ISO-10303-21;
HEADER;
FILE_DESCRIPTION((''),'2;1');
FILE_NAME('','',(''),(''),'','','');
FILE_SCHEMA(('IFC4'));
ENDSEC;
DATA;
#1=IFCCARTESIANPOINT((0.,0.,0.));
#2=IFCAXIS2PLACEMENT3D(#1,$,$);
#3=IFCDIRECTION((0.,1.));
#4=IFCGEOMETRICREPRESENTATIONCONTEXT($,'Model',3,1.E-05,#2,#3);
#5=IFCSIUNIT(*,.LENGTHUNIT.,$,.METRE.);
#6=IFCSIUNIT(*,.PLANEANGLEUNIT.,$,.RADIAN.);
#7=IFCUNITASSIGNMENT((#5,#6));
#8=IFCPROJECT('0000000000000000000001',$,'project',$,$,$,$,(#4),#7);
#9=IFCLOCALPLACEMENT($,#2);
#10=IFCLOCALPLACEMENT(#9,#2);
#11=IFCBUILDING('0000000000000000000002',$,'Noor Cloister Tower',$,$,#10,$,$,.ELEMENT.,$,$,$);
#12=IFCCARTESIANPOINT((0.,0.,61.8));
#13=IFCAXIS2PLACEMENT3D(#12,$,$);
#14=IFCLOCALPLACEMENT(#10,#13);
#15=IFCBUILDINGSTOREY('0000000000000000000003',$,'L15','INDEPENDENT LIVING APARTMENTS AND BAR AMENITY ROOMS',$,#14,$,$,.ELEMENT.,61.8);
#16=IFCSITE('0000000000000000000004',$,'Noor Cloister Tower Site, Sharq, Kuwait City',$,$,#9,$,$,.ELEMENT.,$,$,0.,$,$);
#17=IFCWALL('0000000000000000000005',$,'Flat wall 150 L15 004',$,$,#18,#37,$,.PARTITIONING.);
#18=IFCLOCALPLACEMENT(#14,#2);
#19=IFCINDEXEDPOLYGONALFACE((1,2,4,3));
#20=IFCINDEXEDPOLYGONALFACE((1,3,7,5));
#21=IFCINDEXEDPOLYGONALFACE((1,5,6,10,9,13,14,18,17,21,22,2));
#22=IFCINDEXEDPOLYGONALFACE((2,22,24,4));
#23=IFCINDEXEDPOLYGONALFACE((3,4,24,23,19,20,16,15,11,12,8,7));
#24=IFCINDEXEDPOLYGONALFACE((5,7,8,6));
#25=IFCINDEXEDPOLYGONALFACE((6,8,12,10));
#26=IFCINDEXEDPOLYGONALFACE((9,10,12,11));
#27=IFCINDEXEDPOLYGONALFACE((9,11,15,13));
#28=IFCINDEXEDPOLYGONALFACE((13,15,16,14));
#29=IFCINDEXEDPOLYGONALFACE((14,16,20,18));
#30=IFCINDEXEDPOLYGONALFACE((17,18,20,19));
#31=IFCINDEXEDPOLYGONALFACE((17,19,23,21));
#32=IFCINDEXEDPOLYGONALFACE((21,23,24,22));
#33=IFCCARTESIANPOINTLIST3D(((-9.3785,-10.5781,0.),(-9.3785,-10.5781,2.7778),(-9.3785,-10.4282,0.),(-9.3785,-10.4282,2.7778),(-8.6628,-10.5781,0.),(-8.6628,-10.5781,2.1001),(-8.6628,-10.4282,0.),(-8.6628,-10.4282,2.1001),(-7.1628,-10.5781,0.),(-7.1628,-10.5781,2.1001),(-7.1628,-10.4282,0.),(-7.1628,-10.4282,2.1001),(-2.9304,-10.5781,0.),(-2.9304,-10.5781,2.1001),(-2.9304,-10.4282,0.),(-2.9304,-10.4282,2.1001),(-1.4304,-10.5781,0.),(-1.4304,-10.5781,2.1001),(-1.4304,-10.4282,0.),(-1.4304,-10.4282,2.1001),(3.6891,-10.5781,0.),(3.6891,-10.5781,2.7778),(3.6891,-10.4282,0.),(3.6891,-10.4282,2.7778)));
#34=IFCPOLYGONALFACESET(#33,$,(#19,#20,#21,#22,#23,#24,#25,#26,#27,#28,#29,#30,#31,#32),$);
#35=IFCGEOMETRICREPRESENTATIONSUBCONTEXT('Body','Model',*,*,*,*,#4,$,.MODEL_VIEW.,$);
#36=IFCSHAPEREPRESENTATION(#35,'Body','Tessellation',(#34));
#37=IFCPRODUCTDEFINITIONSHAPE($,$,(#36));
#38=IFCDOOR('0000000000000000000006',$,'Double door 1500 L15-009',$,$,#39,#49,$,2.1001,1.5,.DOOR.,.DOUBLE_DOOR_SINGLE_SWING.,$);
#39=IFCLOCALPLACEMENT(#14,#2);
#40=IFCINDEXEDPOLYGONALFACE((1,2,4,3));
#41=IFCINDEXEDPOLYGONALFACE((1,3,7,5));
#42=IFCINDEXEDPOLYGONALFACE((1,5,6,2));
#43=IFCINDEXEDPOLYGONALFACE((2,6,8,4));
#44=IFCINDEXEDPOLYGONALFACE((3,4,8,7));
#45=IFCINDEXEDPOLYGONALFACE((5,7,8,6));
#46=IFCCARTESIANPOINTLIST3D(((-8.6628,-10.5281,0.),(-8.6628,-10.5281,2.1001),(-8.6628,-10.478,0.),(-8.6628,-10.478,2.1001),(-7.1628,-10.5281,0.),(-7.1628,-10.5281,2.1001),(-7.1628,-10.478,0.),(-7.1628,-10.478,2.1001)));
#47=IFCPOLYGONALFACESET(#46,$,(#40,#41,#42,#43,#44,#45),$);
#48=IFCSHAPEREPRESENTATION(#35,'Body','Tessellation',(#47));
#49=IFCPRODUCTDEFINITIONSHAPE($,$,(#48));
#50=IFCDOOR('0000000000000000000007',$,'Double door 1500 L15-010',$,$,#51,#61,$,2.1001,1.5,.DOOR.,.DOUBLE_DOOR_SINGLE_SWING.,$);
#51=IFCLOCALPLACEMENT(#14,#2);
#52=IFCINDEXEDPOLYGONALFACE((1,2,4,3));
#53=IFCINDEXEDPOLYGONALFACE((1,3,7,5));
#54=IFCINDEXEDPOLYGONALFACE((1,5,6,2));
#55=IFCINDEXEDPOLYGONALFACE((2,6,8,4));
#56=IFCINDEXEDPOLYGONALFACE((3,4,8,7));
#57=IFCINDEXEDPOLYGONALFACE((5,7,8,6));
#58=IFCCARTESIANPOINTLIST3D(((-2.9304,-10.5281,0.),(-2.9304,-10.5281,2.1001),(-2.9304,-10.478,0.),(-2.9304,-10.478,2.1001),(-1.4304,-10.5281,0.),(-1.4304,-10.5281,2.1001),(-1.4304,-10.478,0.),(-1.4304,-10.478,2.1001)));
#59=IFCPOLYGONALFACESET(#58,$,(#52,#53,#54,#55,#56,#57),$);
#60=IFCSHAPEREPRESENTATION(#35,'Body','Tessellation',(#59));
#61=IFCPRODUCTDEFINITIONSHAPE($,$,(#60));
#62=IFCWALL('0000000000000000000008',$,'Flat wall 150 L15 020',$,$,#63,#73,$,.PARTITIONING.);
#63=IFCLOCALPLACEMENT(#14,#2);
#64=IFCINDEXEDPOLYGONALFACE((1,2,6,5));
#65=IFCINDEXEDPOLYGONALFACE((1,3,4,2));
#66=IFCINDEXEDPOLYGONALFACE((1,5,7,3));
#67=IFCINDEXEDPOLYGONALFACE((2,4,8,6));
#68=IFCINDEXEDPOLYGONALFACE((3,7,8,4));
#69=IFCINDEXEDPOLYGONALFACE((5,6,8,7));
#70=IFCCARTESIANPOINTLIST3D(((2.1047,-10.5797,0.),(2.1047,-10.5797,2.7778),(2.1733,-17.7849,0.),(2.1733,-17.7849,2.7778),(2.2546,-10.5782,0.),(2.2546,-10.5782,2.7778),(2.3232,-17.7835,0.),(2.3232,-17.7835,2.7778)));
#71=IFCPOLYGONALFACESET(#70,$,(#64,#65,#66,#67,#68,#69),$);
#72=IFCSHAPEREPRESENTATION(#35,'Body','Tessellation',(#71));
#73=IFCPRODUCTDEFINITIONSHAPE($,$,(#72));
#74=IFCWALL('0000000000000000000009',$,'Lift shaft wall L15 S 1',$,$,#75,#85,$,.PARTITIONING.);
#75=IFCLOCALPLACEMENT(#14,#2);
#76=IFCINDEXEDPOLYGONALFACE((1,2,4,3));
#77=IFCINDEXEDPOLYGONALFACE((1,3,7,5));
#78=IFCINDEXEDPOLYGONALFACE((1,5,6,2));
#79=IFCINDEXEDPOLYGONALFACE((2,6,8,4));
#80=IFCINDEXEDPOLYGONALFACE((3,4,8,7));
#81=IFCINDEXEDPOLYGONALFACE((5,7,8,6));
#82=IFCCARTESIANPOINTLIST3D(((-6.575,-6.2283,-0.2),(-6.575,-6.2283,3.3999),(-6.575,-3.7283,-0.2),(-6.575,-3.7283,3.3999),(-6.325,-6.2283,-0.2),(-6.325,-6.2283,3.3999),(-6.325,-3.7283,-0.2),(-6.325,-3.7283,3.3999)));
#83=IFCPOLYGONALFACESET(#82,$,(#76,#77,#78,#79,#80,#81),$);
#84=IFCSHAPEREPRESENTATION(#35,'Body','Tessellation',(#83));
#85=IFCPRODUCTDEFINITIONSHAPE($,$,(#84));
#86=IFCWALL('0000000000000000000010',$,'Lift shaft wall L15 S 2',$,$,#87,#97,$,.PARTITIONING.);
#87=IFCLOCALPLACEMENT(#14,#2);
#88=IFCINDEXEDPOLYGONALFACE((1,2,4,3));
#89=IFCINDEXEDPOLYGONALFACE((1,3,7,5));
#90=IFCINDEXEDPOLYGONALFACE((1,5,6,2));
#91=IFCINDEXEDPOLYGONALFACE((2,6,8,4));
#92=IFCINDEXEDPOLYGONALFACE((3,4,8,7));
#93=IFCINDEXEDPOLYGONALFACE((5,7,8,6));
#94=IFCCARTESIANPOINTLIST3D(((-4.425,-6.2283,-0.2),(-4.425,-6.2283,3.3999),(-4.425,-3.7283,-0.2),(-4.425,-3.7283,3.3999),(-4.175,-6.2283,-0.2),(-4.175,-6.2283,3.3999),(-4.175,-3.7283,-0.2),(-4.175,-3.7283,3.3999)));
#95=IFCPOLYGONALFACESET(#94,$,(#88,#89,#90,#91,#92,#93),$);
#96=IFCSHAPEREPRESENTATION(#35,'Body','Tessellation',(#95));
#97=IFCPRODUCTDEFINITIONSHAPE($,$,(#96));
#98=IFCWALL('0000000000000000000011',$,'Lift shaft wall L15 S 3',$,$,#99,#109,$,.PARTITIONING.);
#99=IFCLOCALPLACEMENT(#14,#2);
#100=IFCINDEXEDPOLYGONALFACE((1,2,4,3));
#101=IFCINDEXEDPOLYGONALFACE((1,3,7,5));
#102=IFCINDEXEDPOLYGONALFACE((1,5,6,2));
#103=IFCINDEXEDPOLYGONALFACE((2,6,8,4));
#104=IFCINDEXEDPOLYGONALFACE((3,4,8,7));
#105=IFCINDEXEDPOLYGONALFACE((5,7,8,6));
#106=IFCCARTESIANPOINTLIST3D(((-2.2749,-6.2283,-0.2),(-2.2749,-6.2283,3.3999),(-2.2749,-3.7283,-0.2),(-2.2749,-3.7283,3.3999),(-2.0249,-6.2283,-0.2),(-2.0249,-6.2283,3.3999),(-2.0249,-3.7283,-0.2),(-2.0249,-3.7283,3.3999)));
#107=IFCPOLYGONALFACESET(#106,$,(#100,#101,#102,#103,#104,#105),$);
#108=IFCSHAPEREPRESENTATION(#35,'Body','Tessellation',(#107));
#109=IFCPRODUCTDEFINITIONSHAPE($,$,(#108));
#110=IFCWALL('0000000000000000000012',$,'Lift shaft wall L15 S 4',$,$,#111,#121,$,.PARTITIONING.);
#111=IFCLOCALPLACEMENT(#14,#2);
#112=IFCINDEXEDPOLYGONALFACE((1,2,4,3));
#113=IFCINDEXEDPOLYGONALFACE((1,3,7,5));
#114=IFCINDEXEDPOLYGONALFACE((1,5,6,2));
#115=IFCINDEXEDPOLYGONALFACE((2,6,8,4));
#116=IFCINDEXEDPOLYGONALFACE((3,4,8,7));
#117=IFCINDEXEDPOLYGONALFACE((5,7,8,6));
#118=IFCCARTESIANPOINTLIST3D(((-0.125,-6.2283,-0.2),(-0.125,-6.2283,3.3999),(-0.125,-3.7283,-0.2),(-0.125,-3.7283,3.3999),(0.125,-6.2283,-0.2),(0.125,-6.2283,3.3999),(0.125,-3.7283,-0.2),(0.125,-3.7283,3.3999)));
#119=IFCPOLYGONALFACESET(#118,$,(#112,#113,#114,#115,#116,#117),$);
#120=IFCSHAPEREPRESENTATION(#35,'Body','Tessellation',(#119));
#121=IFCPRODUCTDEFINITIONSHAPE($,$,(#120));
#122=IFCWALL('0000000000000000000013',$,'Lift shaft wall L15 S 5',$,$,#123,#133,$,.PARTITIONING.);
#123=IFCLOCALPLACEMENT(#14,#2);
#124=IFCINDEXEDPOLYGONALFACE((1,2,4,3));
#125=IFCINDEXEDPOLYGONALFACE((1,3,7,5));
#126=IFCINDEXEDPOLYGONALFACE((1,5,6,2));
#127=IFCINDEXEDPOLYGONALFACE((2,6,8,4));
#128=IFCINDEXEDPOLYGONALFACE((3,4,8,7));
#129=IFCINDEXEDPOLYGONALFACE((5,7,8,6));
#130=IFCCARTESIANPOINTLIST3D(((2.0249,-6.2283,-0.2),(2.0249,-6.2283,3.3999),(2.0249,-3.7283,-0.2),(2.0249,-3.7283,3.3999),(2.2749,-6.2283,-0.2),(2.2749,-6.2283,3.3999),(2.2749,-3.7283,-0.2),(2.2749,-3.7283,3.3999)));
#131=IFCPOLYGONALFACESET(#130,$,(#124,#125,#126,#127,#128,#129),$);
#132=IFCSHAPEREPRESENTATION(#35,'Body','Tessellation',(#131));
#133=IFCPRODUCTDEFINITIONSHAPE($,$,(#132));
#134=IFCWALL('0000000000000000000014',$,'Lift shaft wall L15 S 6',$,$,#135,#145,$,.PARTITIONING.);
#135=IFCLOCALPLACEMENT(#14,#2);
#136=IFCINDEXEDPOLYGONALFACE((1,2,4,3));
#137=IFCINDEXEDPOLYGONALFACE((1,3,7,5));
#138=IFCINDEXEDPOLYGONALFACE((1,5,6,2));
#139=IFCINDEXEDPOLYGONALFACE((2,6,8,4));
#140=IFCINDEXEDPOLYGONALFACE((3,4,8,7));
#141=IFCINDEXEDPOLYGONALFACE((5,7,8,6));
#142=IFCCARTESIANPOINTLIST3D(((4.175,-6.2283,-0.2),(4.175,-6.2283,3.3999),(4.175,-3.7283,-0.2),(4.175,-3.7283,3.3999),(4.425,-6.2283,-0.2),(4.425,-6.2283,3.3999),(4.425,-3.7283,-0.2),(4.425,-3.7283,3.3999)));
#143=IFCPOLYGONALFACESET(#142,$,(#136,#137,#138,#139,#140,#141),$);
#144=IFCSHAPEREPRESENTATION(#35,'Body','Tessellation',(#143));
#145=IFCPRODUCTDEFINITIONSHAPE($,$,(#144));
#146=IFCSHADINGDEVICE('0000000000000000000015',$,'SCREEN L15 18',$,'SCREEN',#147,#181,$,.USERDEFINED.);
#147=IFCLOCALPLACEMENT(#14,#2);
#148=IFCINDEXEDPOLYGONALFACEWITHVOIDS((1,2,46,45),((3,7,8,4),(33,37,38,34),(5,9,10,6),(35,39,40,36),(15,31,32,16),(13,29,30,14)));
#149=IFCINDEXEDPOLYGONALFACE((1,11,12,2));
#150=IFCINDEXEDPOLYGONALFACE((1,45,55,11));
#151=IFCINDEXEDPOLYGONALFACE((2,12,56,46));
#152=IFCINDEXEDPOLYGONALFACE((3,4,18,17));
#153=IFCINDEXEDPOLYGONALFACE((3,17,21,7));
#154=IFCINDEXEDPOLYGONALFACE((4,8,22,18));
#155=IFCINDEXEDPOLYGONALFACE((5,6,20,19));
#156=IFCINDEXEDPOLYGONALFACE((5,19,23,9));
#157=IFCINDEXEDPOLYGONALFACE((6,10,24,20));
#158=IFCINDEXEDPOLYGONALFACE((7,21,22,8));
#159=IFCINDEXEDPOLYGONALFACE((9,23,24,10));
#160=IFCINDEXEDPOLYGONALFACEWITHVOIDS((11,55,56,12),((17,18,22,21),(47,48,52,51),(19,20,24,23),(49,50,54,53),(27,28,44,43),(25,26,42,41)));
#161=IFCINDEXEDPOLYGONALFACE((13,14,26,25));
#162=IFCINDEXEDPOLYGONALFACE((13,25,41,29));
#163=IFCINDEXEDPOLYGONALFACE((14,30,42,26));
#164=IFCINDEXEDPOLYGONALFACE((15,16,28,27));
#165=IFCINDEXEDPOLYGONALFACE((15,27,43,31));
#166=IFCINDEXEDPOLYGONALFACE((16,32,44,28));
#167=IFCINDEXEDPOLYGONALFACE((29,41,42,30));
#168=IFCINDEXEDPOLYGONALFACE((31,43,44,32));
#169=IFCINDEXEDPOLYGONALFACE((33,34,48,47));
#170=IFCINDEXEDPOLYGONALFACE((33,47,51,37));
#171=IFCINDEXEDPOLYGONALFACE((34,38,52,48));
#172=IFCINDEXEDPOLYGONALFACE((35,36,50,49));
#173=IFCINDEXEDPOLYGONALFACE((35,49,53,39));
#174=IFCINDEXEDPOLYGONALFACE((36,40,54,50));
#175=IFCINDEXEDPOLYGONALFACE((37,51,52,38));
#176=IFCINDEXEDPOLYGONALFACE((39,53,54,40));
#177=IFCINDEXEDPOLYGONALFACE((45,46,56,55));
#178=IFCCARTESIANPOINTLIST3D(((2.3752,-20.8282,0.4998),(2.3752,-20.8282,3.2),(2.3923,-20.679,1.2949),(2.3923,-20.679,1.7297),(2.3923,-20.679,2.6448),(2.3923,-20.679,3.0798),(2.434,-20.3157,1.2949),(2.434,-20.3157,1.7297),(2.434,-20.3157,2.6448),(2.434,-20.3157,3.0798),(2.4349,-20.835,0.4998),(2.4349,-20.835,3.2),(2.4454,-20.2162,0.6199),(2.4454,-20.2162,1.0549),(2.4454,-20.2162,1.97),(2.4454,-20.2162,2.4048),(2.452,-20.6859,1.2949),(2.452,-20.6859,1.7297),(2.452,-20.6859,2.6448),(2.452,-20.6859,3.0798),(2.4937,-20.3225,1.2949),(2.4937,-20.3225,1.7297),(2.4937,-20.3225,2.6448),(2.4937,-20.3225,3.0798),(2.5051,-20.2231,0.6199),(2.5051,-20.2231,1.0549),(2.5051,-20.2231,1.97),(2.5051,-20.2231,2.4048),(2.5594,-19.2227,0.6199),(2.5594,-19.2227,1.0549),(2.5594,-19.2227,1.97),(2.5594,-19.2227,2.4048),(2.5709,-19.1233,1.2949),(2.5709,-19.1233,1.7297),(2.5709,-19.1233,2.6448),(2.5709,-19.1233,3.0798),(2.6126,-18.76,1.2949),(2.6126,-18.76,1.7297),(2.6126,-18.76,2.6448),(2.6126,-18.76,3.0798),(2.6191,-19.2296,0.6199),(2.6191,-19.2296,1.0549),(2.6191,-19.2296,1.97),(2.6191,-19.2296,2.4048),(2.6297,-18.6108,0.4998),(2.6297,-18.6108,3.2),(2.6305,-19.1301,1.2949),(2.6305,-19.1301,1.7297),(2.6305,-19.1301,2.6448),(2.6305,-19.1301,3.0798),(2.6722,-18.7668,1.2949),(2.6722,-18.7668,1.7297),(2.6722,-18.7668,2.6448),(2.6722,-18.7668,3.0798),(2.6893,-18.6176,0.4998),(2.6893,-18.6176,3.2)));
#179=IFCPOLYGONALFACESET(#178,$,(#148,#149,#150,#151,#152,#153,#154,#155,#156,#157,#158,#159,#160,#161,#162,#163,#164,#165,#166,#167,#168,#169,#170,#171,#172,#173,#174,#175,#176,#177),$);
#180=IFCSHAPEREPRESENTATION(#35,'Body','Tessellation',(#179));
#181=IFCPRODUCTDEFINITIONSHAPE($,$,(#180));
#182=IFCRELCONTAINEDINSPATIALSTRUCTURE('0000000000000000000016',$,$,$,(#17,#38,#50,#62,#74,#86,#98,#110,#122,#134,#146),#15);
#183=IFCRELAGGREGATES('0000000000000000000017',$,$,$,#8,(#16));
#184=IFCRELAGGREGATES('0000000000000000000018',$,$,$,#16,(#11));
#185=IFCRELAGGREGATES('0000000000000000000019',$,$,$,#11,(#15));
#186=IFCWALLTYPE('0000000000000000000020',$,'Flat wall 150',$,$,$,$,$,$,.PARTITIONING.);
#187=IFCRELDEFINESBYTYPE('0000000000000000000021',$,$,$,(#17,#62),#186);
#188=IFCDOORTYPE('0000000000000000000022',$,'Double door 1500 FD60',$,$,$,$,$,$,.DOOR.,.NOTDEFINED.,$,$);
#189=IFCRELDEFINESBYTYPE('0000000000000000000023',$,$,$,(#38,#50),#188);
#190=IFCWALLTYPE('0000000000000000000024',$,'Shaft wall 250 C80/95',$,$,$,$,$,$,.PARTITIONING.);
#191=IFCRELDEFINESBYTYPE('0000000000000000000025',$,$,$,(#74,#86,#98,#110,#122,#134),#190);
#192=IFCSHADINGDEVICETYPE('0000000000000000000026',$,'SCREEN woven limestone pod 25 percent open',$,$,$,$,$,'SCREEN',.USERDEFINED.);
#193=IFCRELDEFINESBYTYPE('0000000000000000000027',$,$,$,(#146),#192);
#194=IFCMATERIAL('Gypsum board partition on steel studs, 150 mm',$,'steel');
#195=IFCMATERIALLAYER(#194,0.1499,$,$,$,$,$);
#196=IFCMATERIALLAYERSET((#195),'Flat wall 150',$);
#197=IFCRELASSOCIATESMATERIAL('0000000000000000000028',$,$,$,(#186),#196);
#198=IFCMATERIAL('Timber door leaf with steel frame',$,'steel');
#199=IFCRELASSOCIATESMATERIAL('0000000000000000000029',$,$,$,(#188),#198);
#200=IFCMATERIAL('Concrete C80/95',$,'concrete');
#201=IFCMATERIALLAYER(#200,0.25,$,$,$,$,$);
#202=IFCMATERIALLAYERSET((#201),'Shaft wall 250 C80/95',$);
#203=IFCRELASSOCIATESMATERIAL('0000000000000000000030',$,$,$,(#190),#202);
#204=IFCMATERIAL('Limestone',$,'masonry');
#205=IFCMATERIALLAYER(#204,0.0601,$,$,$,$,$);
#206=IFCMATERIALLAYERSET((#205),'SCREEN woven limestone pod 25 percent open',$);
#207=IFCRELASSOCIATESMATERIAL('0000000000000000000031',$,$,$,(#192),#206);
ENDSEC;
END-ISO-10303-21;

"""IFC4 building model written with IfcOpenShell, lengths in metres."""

from ifc_helpers import new_model, si_unit, direction, frame, frame_2d, origin, place, context, subcontext, project, spatial, polyline, rectangle, outline, extrude, material, layer, layer_set, type_object, element, fill, save


model = new_model("IFC4")

# Units and contexts
model_context = context("Model", 3, precision=1e-05, world=origin(), true_north=direction((0.0, 1.0)))
body_context = subcontext(model_context, "Body", "Model", "MODEL_VIEW")
ifc_project = project(units=[si_unit("LENGTHUNIT", "METRE"), si_unit("PLANEANGLEUNIT", "RADIAN")], contexts=[model_context])

# Site, building, storey
site_placement = place(None, origin())
site = spatial("IfcSite", under=ifc_project, at=site_placement, Name="Noor Cloister Tower Site, Sharq, Kuwait City", CompositionType="ELEMENT", RefElevation=0.0)
building_placement = place(site_placement, origin())
building = spatial("IfcBuilding", under=site, at=building_placement, Name="Noor Cloister Tower", CompositionType="ELEMENT")
storey_placement = place(building_placement, frame((0.0, 0.0, 61.8)))
storey = spatial("IfcBuildingStorey", under=building, at=storey_placement, Name="L15", Description="INDEPENDENT LIVING APARTMENTS AND BAR AMENITY ROOMS", CompositionType="ELEMENT", Elevation=61.8)

# Wall, openings, doors
ifc_material_1 = material(Name="Gypsum board partition on steel studs, 150 mm", Category="steel")
ifc_layer_1 = layer(ifc_material_1, 0.1499)
ifc_layer_set_1 = layer_set([ifc_layer_1], Name="Flat wall 150")
wall_type_1 = type_object("IfcWallType", Name="Flat wall 150", PredefinedType="PARTITIONING", material=ifc_layer_set_1)
wall_1_placement = place(storey_placement, frame((3.689, -10.5032, 0.0), z_axis=(0.0, 0.0, 1.0), x_axis=(-1.0, 0.0, 0.0)))
wall_1 = element("IfcWall", 1, at=wall_1_placement, inside=storey, type_object=wall_type_1, Name="Flat wall 150 L15 004", PredefinedType="PARTITIONING", context=body_context, shape_type="SweptSolid", body=[
    extrude(rectangle(XDim=13.0676, YDim=0.1499, at=frame_2d((6.5337, 0.0))), origin(), (0.0, 0.0, 1.0), 2.7778),
])
opening_1_placement = place(wall_1_placement, frame((10.8518, 0.0, 0.0)))
opening_1 = element("IfcOpeningElement", 2, at=opening_1_placement, cuts=wall_1, PredefinedType="OPENING", context=body_context, shape_type="SweptSolid", body=[
    extrude(rectangle(XDim=1.5, YDim=2.1001, at=frame_2d((0.75, 1.05))), frame((0.0, 0.085, 0.0), z_axis=(0.0, -1.0, 0.0), x_axis=(1.0, 0.0, 0.0)), (0.0, 0.0, 1.0), 0.1699),
])
opening_2_placement = place(wall_1_placement, frame((5.1194, 0.0, 0.0)))
opening_2 = element("IfcOpeningElement", 3, at=opening_2_placement, cuts=wall_1, PredefinedType="OPENING", context=body_context, shape_type="SweptSolid", body=[
    extrude(rectangle(XDim=1.5, YDim=2.1001, at=frame_2d((0.75, 1.05))), frame((0.0, 0.085, 0.0), z_axis=(0.0, -1.0, 0.0), x_axis=(1.0, 0.0, 0.0)), (0.0, 0.0, 1.0), 0.1699),
])
ifc_material_2 = material(Name="Timber door leaf with steel frame", Category="steel")
door_type = type_object("IfcDoorType", Name="Double door 1500 FD60", OperationType="NOTDEFINED", PredefinedType="DOOR", material=ifc_material_2)
door_1_placement = place(opening_1_placement, origin())
door_1 = element("IfcDoor", 4, at=door_1_placement, inside=storey, type_object=door_type, Name="Double door 1500 L15-009", OperationType="DOUBLE_DOOR_SINGLE_SWING", OverallHeight=2.1001, OverallWidth=1.5, PredefinedType="DOOR", context=body_context, shape_type="SweptSolid", body=[
    extrude(rectangle(XDim=1.5, YDim=2.1001, at=frame_2d((0.75, 1.05))), frame((0.0, 0.0249, 0.0), z_axis=(0.0, -1.0, 0.0), x_axis=(1.0, 0.0, 0.0)), (0.0, 0.0, 1.0), 0.05),
])
fill(opening_1, door_1)
door_2_placement = place(opening_2_placement, origin())
door_2 = element("IfcDoor", 5, at=door_2_placement, inside=storey, type_object=door_type, Name="Double door 1500 L15-010", OperationType="DOUBLE_DOOR_SINGLE_SWING", OverallHeight=2.1001, OverallWidth=1.5, PredefinedType="DOOR", context=body_context, shape_type="SweptSolid", body=[
    extrude(rectangle(XDim=1.5, YDim=2.1001, at=frame_2d((0.75, 1.05))), frame((0.0, 0.0249, 0.0), z_axis=(0.0, -1.0, 0.0), x_axis=(1.0, 0.0, 0.0)), (0.0, 0.0, 1.0), 0.05),
])
fill(opening_2, door_2)

# Walls
wall_2_placement = place(storey_placement, frame((2.2483, -17.7842, 0.0), z_axis=(0.0, 0.0, 1.0), x_axis=(-0.009521, 0.999955, 0.0)))
element("IfcWall", 6, at=wall_2_placement, inside=storey, type_object=wall_type_1, Name="Flat wall 150 L15 020", PredefinedType="PARTITIONING", context=body_context, shape_type="SweptSolid", body=[
    extrude(rectangle(XDim=7.2056, YDim=0.1499, at=frame_2d((3.6028, 0.0))), origin(), (0.0, 0.0, 1.0), 2.7778),
])
ifc_material_3 = material(Name="Concrete C80/95", Category="concrete")
ifc_layer_2 = layer(ifc_material_3, 0.25)
ifc_layer_set_2 = layer_set([ifc_layer_2], Name="Shaft wall 250 C80/95")
wall_type_2 = type_object("IfcWallType", Name="Shaft wall 250 C80/95", PredefinedType="PARTITIONING", material=ifc_layer_set_2)
for number, where, z_axis, x_axis, name in (
    (7, (-6.45, -6.2283, -0.2), (0.0, 0.0, 1.0), (0.0, 1.0, 0.0), "Lift shaft wall L15 S 1"),
    (8, (-4.3, -6.2283, -0.2), (0.0, 0.0, 1.0), (0.0, 1.0, 0.0), "Lift shaft wall L15 S 2"),
    (9, (-2.1499, -6.2283, -0.2), (0.0, 0.0, 1.0), (0.0, 1.0, 0.0), "Lift shaft wall L15 S 3"),
    (10, (0.0, -6.2283, -0.2), (0.0, 0.0, 1.0), (0.0, 1.0, 0.0), "Lift shaft wall L15 S 4"),
    (11, (2.1499, -6.2283, -0.2), (0.0, 0.0, 1.0), (0.0, 1.0, 0.0), "Lift shaft wall L15 S 5"),
    (12, (4.3, -6.2283, -0.2), (0.0, 0.0, 1.0), (0.0, 1.0, 0.0), "Lift shaft wall L15 S 6"),
):
    element("IfcWall", number, at=place(storey_placement, frame(where, z_axis=z_axis, x_axis=x_axis)), inside=storey, type_object=wall_type_2, Name=name, PredefinedType="PARTITIONING", context=body_context, shape_type="SweptSolid", body=[
        extrude(rectangle(XDim=2.5, YDim=0.25, at=frame_2d((1.25, 0.0))), origin(), (0.0, 0.0, 1.0), 3.5999),
    ])

# Shading device
ifc_material_4 = material(Name="Limestone", Category="masonry")
ifc_layer_3 = layer(ifc_material_4, 0.0601)
ifc_layer_set_3 = layer_set([ifc_layer_3], Name="SCREEN woven limestone pod 25 percent open")
shading_device_type = type_object("IfcShadingDeviceType", Name="SCREEN woven limestone pod 25 percent open", ElementType="SCREEN", PredefinedType="USERDEFINED", material=ifc_layer_set_3)
shading_device_placement = place(storey_placement, frame((2.5024, -19.7195, 1.8499), z_axis=(0.99348, -0.114006, 0.0), x_axis=(0.114006, 0.99348, 0.0)))
element("IfcShadingDevice", 13, at=shading_device_placement, inside=storey, type_object=shading_device_type, Name="SCREEN L15 18", ObjectType="SCREEN", PredefinedType="USERDEFINED", context=body_context, shape_type="SweptSolid", body=[
    extrude(outline(polyline([(-1.116, -1.3501), (1.116, -1.3501), (1.116, 1.3501), (-1.116, 1.3501), (-1.116, -1.3501)]), holes=[polyline([(-0.5, -1.23), (0.5, -1.23), (0.5, -0.7949), (-0.5, -0.7949), (-0.5, -1.23)]), polyline([(0.6001, -0.5549), (0.9658, -0.5549), (0.9658, -0.1201), (0.6001, -0.1201), (0.6001, -0.5549)]), polyline([(-0.9658, -0.5549), (-0.6001, -0.5549), (-0.6001, -0.1201), (-0.9658, -0.1201), (-0.9658, -0.5549)]), polyline([(-0.5, 0.1201), (0.5, 0.1201), (0.5, 0.5549), (-0.5, 0.5549), (-0.5, 0.1201)]), polyline([(0.6001, 0.7949), (0.9658, 0.7949), (0.9658, 1.23), (0.6001, 1.23), (0.6001, 0.7949)]), polyline([(-0.9658, 0.7949), (-0.6001, 0.7949), (-0.6001, 1.23), (-0.9658, 1.23), (-0.9658, 0.7949)])]), origin(), (0.0, 0.0, 1.0), 0.0601),
])

save(model, "model.ifc")
